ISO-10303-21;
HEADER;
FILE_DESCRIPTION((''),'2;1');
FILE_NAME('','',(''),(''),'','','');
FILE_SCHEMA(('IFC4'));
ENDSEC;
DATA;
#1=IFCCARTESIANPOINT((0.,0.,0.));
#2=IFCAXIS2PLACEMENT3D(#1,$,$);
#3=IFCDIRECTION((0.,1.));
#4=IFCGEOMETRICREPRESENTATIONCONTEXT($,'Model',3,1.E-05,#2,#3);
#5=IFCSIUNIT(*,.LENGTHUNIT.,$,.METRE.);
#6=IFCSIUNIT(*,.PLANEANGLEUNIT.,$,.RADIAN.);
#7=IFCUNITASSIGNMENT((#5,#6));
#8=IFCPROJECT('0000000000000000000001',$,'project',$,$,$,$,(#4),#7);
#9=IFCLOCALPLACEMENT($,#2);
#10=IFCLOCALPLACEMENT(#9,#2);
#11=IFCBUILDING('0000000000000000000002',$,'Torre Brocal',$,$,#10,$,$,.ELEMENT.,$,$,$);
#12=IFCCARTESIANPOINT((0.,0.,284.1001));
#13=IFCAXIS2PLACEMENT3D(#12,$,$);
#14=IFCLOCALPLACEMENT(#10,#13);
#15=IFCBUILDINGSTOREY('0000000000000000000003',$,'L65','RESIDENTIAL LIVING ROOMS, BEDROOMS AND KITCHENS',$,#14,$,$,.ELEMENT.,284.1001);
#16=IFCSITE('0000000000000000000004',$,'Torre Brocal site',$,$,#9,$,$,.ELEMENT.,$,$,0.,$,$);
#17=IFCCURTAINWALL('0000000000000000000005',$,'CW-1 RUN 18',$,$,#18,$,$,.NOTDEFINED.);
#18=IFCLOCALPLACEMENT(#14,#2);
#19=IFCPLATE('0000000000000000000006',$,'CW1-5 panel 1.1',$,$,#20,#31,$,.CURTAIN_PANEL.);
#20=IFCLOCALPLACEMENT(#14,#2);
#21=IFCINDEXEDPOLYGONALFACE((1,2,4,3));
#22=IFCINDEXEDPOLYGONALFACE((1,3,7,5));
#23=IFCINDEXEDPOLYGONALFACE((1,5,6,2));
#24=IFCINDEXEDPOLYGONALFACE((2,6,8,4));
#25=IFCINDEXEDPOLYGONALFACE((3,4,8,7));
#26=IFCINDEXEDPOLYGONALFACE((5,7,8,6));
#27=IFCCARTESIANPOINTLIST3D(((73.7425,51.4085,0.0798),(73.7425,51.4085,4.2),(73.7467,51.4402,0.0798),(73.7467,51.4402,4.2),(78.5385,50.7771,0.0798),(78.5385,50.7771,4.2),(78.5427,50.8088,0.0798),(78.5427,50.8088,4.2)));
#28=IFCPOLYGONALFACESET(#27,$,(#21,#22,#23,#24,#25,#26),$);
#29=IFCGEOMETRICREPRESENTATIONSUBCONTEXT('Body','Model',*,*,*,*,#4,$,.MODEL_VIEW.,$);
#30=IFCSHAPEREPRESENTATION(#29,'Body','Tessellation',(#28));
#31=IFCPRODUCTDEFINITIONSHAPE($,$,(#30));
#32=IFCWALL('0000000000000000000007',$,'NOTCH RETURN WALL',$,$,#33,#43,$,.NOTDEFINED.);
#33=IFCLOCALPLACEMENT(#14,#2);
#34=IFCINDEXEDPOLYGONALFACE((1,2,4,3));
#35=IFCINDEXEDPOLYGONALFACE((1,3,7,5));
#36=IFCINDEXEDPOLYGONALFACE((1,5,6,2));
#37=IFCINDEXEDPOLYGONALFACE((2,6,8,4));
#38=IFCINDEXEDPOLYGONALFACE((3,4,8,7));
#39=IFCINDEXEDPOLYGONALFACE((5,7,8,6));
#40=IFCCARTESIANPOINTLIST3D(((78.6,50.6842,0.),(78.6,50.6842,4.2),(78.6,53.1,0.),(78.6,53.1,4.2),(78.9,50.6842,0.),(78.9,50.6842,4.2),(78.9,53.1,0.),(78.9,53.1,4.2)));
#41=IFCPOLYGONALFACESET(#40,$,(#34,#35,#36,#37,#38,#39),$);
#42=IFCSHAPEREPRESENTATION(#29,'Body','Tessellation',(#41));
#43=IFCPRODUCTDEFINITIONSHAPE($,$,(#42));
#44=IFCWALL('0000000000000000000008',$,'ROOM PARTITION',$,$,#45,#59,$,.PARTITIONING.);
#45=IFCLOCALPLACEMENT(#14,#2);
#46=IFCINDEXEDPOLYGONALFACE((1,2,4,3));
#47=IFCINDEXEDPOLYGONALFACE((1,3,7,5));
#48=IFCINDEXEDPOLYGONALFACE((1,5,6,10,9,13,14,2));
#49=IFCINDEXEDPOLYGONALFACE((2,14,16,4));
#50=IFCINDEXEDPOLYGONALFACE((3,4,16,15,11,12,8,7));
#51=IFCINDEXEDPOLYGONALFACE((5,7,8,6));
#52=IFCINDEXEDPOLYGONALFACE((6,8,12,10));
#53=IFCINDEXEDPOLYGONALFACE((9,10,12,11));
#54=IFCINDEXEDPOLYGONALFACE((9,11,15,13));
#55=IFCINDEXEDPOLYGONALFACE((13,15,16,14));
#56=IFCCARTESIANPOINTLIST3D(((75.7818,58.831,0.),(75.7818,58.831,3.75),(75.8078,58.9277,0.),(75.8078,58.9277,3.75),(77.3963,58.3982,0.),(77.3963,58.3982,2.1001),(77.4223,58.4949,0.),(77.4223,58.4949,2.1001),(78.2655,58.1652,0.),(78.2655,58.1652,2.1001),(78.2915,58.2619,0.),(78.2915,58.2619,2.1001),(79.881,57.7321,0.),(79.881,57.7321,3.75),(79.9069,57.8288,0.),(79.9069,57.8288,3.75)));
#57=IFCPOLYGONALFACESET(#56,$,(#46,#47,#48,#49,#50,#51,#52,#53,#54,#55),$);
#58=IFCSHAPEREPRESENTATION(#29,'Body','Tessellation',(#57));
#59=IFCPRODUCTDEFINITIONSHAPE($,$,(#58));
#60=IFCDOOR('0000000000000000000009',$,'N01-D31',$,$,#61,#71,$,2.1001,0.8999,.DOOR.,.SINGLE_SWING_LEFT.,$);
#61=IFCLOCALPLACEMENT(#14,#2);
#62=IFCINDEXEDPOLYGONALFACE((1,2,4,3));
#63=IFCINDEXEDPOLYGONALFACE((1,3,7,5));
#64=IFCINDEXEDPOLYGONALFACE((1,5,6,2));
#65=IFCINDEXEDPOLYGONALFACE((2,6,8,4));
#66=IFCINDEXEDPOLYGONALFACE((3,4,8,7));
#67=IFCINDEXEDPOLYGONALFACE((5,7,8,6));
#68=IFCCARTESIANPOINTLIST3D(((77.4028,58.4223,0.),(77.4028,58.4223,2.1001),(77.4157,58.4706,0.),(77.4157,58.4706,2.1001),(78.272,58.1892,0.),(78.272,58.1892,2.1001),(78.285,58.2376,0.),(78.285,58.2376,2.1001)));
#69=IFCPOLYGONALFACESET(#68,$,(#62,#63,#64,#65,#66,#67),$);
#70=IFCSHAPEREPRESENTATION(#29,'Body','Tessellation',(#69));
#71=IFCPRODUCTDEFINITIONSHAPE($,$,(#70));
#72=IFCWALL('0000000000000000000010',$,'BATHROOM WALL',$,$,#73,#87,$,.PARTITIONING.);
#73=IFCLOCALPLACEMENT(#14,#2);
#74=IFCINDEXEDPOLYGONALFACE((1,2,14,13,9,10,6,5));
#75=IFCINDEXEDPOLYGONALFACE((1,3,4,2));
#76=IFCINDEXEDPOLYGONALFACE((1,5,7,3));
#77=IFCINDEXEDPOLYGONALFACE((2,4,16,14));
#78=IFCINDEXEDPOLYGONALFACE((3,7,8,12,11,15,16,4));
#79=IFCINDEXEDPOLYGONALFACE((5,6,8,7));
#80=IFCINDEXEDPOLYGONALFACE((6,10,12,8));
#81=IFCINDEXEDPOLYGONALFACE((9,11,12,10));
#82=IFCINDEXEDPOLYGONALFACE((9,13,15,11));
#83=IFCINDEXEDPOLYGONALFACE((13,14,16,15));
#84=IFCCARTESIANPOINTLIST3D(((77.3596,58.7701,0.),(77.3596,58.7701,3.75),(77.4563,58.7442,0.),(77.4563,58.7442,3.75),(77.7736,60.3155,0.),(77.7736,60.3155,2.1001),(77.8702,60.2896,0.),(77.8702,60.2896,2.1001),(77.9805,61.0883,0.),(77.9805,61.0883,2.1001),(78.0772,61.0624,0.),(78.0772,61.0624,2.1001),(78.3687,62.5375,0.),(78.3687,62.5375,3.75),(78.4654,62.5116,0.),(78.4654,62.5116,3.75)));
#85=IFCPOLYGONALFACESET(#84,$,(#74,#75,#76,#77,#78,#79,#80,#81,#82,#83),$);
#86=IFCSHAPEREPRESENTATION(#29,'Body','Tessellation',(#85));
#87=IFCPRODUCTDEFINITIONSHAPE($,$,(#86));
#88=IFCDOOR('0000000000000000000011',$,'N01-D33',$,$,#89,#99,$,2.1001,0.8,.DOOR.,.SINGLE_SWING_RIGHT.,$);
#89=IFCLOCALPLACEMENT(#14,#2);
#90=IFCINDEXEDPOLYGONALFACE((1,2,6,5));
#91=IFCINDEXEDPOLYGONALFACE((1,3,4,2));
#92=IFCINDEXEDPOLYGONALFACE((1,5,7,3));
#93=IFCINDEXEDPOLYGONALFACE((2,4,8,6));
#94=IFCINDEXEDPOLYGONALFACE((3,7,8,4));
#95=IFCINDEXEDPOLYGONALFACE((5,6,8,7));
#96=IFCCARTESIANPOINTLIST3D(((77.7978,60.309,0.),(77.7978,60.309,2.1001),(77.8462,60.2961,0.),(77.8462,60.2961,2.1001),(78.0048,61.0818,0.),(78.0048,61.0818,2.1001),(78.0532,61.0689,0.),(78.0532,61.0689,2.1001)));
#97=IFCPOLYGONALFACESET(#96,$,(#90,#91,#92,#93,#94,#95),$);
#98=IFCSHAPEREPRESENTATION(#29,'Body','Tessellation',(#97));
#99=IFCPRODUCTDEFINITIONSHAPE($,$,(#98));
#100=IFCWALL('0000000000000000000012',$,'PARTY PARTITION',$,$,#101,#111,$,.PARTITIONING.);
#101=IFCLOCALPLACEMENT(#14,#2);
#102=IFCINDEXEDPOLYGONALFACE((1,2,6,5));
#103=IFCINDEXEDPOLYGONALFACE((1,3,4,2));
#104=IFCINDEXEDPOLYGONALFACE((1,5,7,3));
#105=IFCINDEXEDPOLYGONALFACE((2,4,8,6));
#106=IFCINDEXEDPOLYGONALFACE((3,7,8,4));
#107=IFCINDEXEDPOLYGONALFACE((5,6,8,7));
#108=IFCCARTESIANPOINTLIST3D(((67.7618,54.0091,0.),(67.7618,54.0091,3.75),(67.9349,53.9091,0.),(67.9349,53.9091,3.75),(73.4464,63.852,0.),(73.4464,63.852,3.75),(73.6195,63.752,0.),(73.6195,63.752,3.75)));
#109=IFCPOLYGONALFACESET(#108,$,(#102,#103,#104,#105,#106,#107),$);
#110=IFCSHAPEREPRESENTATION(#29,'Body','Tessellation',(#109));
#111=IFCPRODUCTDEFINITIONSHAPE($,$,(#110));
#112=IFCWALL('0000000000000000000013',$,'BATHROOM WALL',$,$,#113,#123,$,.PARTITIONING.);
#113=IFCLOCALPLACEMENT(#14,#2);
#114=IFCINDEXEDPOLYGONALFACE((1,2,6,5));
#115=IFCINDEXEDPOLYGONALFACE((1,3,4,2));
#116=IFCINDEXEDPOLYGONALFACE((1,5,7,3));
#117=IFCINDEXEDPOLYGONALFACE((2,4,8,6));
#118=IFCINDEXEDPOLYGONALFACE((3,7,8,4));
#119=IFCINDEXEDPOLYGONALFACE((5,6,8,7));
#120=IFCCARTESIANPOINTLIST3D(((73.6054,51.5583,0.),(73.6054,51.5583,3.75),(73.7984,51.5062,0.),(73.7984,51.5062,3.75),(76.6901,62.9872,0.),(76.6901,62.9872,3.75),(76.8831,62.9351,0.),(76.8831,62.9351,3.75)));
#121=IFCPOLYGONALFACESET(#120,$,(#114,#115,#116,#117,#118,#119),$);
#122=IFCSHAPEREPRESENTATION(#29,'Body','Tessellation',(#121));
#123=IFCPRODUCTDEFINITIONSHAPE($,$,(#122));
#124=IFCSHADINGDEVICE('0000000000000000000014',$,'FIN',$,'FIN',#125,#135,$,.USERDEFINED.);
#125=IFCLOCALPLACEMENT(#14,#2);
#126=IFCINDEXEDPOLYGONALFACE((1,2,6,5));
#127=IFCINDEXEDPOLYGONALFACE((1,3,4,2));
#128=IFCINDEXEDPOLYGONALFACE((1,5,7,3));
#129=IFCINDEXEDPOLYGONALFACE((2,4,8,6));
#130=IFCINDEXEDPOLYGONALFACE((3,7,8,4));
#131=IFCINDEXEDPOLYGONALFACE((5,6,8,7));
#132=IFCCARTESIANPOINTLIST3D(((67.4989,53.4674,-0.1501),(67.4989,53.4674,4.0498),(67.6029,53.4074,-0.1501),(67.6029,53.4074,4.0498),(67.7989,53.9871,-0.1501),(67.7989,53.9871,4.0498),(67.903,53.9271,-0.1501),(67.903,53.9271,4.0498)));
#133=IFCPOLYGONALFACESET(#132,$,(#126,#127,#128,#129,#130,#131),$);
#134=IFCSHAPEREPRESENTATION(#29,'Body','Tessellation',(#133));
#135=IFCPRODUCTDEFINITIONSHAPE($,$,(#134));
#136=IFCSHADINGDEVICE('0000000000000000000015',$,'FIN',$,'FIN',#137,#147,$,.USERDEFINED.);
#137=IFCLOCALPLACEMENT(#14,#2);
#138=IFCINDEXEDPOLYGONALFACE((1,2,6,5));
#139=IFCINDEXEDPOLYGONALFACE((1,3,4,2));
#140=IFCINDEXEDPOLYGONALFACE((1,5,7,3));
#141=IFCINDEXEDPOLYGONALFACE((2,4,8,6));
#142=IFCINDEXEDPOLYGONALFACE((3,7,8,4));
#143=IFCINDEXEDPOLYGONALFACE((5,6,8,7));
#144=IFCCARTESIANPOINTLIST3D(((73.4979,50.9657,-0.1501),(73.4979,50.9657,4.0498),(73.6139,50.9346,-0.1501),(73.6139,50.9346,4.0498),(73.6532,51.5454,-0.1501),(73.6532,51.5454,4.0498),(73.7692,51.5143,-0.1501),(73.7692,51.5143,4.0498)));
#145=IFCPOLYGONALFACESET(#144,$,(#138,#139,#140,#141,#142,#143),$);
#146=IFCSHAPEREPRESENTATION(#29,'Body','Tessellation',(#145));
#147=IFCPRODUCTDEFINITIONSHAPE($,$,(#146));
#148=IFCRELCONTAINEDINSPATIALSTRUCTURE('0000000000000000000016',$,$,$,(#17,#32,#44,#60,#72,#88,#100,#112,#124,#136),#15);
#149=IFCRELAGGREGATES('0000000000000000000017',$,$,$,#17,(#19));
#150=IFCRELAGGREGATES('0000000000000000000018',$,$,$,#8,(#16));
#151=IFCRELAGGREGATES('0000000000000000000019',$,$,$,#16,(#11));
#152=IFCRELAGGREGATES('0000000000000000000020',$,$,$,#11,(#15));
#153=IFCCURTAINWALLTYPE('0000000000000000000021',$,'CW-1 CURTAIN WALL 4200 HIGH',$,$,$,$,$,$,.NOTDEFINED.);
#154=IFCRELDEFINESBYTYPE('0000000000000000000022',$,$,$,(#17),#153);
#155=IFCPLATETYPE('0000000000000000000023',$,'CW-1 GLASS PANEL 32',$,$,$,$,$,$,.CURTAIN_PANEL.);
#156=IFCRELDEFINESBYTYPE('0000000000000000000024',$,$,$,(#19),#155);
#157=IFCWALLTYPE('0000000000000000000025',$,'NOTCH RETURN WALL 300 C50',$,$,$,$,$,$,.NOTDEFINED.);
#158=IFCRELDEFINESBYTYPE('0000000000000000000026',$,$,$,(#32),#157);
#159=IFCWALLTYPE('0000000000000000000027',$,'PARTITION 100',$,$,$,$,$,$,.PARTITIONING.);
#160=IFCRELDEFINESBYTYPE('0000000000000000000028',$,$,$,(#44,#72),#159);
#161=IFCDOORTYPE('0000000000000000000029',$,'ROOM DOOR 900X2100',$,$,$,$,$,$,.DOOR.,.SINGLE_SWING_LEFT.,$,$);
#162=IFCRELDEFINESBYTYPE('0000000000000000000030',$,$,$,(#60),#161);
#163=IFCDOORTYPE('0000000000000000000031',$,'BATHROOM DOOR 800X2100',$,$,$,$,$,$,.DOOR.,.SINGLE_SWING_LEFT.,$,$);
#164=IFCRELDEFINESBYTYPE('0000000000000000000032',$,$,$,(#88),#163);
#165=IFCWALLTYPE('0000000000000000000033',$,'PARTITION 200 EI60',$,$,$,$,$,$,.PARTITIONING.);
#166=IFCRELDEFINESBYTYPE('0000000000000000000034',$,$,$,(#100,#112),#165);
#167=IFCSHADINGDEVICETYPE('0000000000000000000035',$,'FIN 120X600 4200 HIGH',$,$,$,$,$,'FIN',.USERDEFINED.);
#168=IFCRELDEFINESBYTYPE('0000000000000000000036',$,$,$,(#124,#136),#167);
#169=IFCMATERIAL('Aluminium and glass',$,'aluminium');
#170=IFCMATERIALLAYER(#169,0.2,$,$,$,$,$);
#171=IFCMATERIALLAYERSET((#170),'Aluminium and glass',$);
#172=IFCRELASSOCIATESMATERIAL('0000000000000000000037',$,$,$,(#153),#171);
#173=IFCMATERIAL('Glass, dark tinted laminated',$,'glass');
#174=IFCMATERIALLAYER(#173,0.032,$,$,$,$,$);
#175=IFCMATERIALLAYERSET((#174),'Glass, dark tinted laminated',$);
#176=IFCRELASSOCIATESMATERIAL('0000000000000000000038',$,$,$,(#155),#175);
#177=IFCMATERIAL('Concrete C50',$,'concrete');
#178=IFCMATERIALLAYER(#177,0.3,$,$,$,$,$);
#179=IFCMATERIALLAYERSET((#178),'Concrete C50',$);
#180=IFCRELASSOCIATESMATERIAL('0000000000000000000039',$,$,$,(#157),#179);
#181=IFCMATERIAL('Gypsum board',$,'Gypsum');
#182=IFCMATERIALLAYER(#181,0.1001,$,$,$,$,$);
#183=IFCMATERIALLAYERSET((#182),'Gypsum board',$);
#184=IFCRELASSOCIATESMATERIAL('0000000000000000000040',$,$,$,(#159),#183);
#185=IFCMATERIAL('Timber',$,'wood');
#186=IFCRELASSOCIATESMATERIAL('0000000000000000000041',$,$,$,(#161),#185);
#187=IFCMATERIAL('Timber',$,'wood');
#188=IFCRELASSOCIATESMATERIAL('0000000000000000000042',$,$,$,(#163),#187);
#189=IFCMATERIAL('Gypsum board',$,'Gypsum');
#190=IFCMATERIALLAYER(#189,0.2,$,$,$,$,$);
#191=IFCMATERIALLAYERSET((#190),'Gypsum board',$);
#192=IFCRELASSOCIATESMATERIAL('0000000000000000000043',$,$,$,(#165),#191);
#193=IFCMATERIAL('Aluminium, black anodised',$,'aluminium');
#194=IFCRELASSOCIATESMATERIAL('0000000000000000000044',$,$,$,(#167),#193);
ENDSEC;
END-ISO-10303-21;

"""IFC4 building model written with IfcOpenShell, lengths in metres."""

from ifc_helpers import new_model, si_unit, direction, frame, frame_2d, origin, origin_2d, place, context, subcontext, project, spatial, rectangle, extrude, material, layer, layer_set, material_profile, profile_set, type_object, element, fill, aggregate, save


model = new_model("IFC4")

# Units and contexts
model_context = context("Model", 3, precision=1e-05, world=origin(), true_north=direction((0.0, 1.0)))
body_context = subcontext(model_context, "Body", "Model", "MODEL_VIEW")
ifc_project = project(units=[si_unit("LENGTHUNIT", "METRE"), si_unit("PLANEANGLEUNIT", "RADIAN")], contexts=[model_context])

# Site, building, storey
site_placement = place(None, origin())
site = spatial("IfcSite", under=ifc_project, at=site_placement, Name="Torre Brocal site", CompositionType="ELEMENT", RefElevation=0.0)
building_placement = place(site_placement, origin())
building = spatial("IfcBuilding", under=site, at=building_placement, Name="Torre Brocal", CompositionType="ELEMENT")
storey_placement = place(building_placement, frame((0.0, 0.0, 284.1001)))
storey = spatial("IfcBuildingStorey", under=building, at=storey_placement, Name="L65", Description="RESIDENTIAL LIVING ROOMS, BEDROOMS AND KITCHENS", CompositionType="ELEMENT", Elevation=284.1001)

# Shared definitions
ifc_material_1 = material(Name="Aluminium and glass", Category="aluminium")
ifc_layer_1 = layer(ifc_material_1, 0.2)
ifc_layer_set_1 = layer_set([ifc_layer_1], Name="Aluminium and glass")
curtain_wall_type = type_object("IfcCurtainWallType", Name="CW-1 CURTAIN WALL 4200 HIGH", PredefinedType="NOTDEFINED", material=ifc_layer_set_1)

# Curtain wall
curtain_wall_1_placement = place(storey_placement, origin())
curtain_wall_1 = element("IfcCurtainWall", 1, at=curtain_wall_1_placement, inside=storey, type_object=curtain_wall_type, Name="CW-1 RUN 18", PredefinedType="NOTDEFINED")

# Plate
ifc_material_2 = material(Name="Glass, dark tinted laminated", Category="glass")
ifc_layer_2 = layer(ifc_material_2, 0.032)
ifc_layer_set_2 = layer_set([ifc_layer_2], Name="Glass, dark tinted laminated")
plate_type = type_object("IfcPlateType", Name="CW-1 GLASS PANEL 32", PredefinedType="CURTAIN_PANEL", material=ifc_layer_set_2)
plate_1_placement = place(storey_placement, frame((76.1426, 51.1086, 0.0798), z_axis=(0.0, 0.0, 1.0), x_axis=(0.991445, -0.130526, 0.0)))
plate_1 = element("IfcPlate", 2, at=plate_1_placement, type_object=plate_type, Name="CW1-5 panel 1.1", PredefinedType="CURTAIN_PANEL", context=body_context, shape_type="SweptSolid", body=[
    extrude(rectangle(XDim=4.8374, YDim=0.032, at=origin_2d()), origin(), (0.0, 0.0, 1.0), 4.1201),
])
aggregate(curtain_wall_1, [plate_1])

# Wall
ifc_material_3 = material(Name="Concrete C50", Category="concrete")
ifc_layer_3 = layer(ifc_material_3, 0.3)
ifc_layer_set_3 = layer_set([ifc_layer_3], Name="Concrete C50")
wall_type_1 = type_object("IfcWallType", Name="NOTCH RETURN WALL 300 C50", PredefinedType="NOTDEFINED", material=ifc_layer_set_3)
wall_1_placement = place(storey_placement, frame((78.75, 53.1001, 0.0), z_axis=(0.0, 0.0, 1.0), x_axis=(0.0, -1.0, 0.0)))
element("IfcWall", 3, at=wall_1_placement, inside=storey, type_object=wall_type_1, Name="NOTCH RETURN WALL", PredefinedType="NOTDEFINED", context=body_context, shape_type="SweptSolid", body=[
    extrude(rectangle(XDim=2.4158, YDim=0.3, at=frame_2d((1.208, 0.0))), origin(), (0.0, 0.0, 1.0), 4.2),
])

# Walls, openings, doors
ifc_material_4 = material(Name="Gypsum board", Category="Gypsum")
ifc_layer_4 = layer(ifc_material_4, 0.1001)
ifc_layer_set_4 = layer_set([ifc_layer_4], Name="Gypsum board")
wall_type_2 = type_object("IfcWallType", Name="PARTITION 100", PredefinedType="PARTITIONING", material=ifc_layer_set_4)
wall_2_placement = place(storey_placement, frame((75.7947, 58.8794, 0.0), z_axis=(0.0, 0.0, 1.0), x_axis=(0.965895, -0.258934, 0.0)))
wall_2 = element("IfcWall", 4, at=wall_2_placement, inside=storey, type_object=wall_type_2, Name="ROOM PARTITION", PredefinedType="PARTITIONING", context=body_context, shape_type="SweptSolid", body=[
    extrude(rectangle(XDim=4.2439, YDim=0.1001, at=frame_2d((2.1221, 0.0))), origin(), (0.0, 0.0, 1.0), 3.75),
])
opening_1_placement = place(wall_2_placement, frame((1.6716, 0.0, 0.0)))
opening_1 = element("IfcOpeningElement", 5, at=opening_1_placement, cuts=wall_2, PredefinedType="OPENING", context=body_context, shape_type="SweptSolid", body=[
    extrude(rectangle(XDim=0.8999, YDim=2.1001, at=frame_2d((0.45, 1.05))), frame((0.0, 0.0601, 0.0), z_axis=(0.0, -1.0, 0.0), x_axis=(1.0, 0.0, 0.0)), (0.0, 0.0, 1.0), 0.1201),
])
ifc_material_5 = material(Name="Timber", Category="wood")
door_type_1 = type_object("IfcDoorType", Name="ROOM DOOR 900X2100", OperationType="SINGLE_SWING_LEFT", PredefinedType="DOOR", material=ifc_material_5)
door_1_placement = place(opening_1_placement, origin())
door_1 = element("IfcDoor", 6, at=door_1_placement, inside=storey, type_object=door_type_1, Name="N01-D31", OperationType="SINGLE_SWING_LEFT", OverallHeight=2.1001, OverallWidth=0.8999, PredefinedType="DOOR", context=body_context, shape_type="SweptSolid", body=[
    extrude(rectangle(XDim=0.8999, YDim=2.1001, at=frame_2d((0.45, 1.05))), frame((0.0, 0.0249, 0.0), z_axis=(0.0, -1.0, 0.0), x_axis=(1.0, 0.0, 0.0)), (0.0, 0.0, 1.0), 0.05),
])
fill(opening_1, door_1)
wall_3_placement = place(storey_placement, frame((77.408, 58.7571, 0.0), z_axis=(0.0, 0.0, 1.0), x_axis=(0.258718, 0.965953, 0.0)))
wall_3 = element("IfcWall", 7, at=wall_3_placement, inside=storey, type_object=wall_type_2, Name="BATHROOM WALL", PredefinedType="PARTITIONING", context=body_context, shape_type="SweptSolid", body=[
    extrude(rectangle(XDim=3.9001, YDim=0.1001, at=frame_2d((1.9502, 0.0))), origin(), (0.0, 0.0, 1.0), 3.75),
])
opening_2_placement = place(wall_3_placement, frame((1.6001, 0.0, 0.0)))
opening_2 = element("IfcOpeningElement", 8, at=opening_2_placement, cuts=wall_3, PredefinedType="OPENING", context=body_context, shape_type="SweptSolid", body=[
    extrude(rectangle(XDim=0.8, YDim=2.1001, at=frame_2d((0.3999, 1.05))), frame((0.0, 0.0601, 0.0), z_axis=(0.0, -1.0, 0.0), x_axis=(1.0, 0.0, 0.0)), (0.0, 0.0, 1.0), 0.1201),
])
ifc_material_6 = material(Name="Timber", Category="wood")
door_type_2 = type_object("IfcDoorType", Name="BATHROOM DOOR 800X2100", OperationType="SINGLE_SWING_LEFT", PredefinedType="DOOR", material=ifc_material_6)
door_2_placement = place(opening_2_placement, origin())
door_2 = element("IfcDoor", 9, at=door_2_placement, inside=storey, type_object=door_type_2, Name="N01-D33", OperationType="SINGLE_SWING_RIGHT", OverallHeight=2.1001, OverallWidth=0.8, PredefinedType="DOOR", context=body_context, shape_type="SweptSolid", body=[
    extrude(rectangle(XDim=0.8, YDim=2.1001, at=frame_2d((0.3999, 1.05))), frame((0.0, 0.0249, 0.0), z_axis=(0.0, -1.0, 0.0), x_axis=(1.0, 0.0, 0.0)), (0.0, 0.0, 1.0), 0.05),
])
fill(opening_2, door_2)

# Walls
ifc_material_7 = material(Name="Gypsum board", Category="Gypsum")
ifc_layer_5 = layer(ifc_material_7, 0.2)
ifc_layer_set_5 = layer_set([ifc_layer_5], Name="Gypsum board")
wall_type_3 = type_object("IfcWallType", Name="PARTITION 200 EI60", PredefinedType="PARTITIONING", material=ifc_layer_set_5)
wall_4_placement = place(storey_placement, frame((67.8484, 53.9592, 0.0), z_axis=(0.0, 0.0, 1.0), x_axis=(0.500122, 0.865955, 0.0)))
element("IfcWall", 10, at=wall_4_placement, inside=storey, type_object=wall_type_3, Name="PARTY PARTITION", PredefinedType="PARTITIONING", context=body_context, shape_type="SweptSolid", body=[
    extrude(rectangle(XDim=11.3665, YDim=0.2, at=frame_2d((5.6831, 0.0))), origin(), (0.0, 0.0, 1.0), 3.75),
])
wall_5_placement = place(storey_placement, frame((73.7019, 51.5322, 0.0), z_axis=(0.0, 0.0, 1.0), x_axis=(0.260579, 0.965452, 0.0)))
element("IfcWall", 11, at=wall_5_placement, inside=storey, type_object=wall_type_3, Name="BATHROOM WALL", PredefinedType="PARTITIONING", context=body_context, shape_type="SweptSolid", body=[
    extrude(rectangle(XDim=11.8379, YDim=0.2, at=frame_2d((5.9189, 0.0))), origin(), (0.0, 0.0, 1.0), 3.75),
])

# Shading devices
ifc_material_8 = material(Name="Aluminium, black anodised", Category="aluminium")
ifc_material_profile_1 = material_profile(ifc_material_8, rectangle(XDim=0.1201, YDim=0.6001, at=origin_2d()), Name="FIN 120X600 4200 HIGH")
ifc_profile_set_1 = profile_set([ifc_material_profile_1], Name="Aluminium, black anodised")
shading_device_type = type_object("IfcShadingDeviceType", Name="FIN 120X600 4200 HIGH", ElementType="FIN", PredefinedType="USERDEFINED", material=ifc_profile_set_1)
for number, where, z_axis, x_axis, name in (
    (12, (67.7009, 53.6973, -0.1501), (0.0, 0.0, 1.0), (0.866025, -0.5, 0.0), "FIN"),
    (13, (73.6335, 51.24, -0.1501), (0.0, 0.0, 1.0), (0.965926, -0.258819, 0.0), "FIN"),
):
    element("IfcShadingDevice", number, at=place(storey_placement, frame(where, z_axis=z_axis, x_axis=x_axis)), inside=storey, type_object=shading_device_type, Name=name, ObjectType="FIN", PredefinedType="USERDEFINED", context=body_context, shape_type="SweptSolid", body=[
        extrude(rectangle(XDim=0.1201, YDim=0.6001, at=origin_2d()), origin(), (0.0, 0.0, 1.0), 4.2),
    ])

save(model, "model.ifc")
